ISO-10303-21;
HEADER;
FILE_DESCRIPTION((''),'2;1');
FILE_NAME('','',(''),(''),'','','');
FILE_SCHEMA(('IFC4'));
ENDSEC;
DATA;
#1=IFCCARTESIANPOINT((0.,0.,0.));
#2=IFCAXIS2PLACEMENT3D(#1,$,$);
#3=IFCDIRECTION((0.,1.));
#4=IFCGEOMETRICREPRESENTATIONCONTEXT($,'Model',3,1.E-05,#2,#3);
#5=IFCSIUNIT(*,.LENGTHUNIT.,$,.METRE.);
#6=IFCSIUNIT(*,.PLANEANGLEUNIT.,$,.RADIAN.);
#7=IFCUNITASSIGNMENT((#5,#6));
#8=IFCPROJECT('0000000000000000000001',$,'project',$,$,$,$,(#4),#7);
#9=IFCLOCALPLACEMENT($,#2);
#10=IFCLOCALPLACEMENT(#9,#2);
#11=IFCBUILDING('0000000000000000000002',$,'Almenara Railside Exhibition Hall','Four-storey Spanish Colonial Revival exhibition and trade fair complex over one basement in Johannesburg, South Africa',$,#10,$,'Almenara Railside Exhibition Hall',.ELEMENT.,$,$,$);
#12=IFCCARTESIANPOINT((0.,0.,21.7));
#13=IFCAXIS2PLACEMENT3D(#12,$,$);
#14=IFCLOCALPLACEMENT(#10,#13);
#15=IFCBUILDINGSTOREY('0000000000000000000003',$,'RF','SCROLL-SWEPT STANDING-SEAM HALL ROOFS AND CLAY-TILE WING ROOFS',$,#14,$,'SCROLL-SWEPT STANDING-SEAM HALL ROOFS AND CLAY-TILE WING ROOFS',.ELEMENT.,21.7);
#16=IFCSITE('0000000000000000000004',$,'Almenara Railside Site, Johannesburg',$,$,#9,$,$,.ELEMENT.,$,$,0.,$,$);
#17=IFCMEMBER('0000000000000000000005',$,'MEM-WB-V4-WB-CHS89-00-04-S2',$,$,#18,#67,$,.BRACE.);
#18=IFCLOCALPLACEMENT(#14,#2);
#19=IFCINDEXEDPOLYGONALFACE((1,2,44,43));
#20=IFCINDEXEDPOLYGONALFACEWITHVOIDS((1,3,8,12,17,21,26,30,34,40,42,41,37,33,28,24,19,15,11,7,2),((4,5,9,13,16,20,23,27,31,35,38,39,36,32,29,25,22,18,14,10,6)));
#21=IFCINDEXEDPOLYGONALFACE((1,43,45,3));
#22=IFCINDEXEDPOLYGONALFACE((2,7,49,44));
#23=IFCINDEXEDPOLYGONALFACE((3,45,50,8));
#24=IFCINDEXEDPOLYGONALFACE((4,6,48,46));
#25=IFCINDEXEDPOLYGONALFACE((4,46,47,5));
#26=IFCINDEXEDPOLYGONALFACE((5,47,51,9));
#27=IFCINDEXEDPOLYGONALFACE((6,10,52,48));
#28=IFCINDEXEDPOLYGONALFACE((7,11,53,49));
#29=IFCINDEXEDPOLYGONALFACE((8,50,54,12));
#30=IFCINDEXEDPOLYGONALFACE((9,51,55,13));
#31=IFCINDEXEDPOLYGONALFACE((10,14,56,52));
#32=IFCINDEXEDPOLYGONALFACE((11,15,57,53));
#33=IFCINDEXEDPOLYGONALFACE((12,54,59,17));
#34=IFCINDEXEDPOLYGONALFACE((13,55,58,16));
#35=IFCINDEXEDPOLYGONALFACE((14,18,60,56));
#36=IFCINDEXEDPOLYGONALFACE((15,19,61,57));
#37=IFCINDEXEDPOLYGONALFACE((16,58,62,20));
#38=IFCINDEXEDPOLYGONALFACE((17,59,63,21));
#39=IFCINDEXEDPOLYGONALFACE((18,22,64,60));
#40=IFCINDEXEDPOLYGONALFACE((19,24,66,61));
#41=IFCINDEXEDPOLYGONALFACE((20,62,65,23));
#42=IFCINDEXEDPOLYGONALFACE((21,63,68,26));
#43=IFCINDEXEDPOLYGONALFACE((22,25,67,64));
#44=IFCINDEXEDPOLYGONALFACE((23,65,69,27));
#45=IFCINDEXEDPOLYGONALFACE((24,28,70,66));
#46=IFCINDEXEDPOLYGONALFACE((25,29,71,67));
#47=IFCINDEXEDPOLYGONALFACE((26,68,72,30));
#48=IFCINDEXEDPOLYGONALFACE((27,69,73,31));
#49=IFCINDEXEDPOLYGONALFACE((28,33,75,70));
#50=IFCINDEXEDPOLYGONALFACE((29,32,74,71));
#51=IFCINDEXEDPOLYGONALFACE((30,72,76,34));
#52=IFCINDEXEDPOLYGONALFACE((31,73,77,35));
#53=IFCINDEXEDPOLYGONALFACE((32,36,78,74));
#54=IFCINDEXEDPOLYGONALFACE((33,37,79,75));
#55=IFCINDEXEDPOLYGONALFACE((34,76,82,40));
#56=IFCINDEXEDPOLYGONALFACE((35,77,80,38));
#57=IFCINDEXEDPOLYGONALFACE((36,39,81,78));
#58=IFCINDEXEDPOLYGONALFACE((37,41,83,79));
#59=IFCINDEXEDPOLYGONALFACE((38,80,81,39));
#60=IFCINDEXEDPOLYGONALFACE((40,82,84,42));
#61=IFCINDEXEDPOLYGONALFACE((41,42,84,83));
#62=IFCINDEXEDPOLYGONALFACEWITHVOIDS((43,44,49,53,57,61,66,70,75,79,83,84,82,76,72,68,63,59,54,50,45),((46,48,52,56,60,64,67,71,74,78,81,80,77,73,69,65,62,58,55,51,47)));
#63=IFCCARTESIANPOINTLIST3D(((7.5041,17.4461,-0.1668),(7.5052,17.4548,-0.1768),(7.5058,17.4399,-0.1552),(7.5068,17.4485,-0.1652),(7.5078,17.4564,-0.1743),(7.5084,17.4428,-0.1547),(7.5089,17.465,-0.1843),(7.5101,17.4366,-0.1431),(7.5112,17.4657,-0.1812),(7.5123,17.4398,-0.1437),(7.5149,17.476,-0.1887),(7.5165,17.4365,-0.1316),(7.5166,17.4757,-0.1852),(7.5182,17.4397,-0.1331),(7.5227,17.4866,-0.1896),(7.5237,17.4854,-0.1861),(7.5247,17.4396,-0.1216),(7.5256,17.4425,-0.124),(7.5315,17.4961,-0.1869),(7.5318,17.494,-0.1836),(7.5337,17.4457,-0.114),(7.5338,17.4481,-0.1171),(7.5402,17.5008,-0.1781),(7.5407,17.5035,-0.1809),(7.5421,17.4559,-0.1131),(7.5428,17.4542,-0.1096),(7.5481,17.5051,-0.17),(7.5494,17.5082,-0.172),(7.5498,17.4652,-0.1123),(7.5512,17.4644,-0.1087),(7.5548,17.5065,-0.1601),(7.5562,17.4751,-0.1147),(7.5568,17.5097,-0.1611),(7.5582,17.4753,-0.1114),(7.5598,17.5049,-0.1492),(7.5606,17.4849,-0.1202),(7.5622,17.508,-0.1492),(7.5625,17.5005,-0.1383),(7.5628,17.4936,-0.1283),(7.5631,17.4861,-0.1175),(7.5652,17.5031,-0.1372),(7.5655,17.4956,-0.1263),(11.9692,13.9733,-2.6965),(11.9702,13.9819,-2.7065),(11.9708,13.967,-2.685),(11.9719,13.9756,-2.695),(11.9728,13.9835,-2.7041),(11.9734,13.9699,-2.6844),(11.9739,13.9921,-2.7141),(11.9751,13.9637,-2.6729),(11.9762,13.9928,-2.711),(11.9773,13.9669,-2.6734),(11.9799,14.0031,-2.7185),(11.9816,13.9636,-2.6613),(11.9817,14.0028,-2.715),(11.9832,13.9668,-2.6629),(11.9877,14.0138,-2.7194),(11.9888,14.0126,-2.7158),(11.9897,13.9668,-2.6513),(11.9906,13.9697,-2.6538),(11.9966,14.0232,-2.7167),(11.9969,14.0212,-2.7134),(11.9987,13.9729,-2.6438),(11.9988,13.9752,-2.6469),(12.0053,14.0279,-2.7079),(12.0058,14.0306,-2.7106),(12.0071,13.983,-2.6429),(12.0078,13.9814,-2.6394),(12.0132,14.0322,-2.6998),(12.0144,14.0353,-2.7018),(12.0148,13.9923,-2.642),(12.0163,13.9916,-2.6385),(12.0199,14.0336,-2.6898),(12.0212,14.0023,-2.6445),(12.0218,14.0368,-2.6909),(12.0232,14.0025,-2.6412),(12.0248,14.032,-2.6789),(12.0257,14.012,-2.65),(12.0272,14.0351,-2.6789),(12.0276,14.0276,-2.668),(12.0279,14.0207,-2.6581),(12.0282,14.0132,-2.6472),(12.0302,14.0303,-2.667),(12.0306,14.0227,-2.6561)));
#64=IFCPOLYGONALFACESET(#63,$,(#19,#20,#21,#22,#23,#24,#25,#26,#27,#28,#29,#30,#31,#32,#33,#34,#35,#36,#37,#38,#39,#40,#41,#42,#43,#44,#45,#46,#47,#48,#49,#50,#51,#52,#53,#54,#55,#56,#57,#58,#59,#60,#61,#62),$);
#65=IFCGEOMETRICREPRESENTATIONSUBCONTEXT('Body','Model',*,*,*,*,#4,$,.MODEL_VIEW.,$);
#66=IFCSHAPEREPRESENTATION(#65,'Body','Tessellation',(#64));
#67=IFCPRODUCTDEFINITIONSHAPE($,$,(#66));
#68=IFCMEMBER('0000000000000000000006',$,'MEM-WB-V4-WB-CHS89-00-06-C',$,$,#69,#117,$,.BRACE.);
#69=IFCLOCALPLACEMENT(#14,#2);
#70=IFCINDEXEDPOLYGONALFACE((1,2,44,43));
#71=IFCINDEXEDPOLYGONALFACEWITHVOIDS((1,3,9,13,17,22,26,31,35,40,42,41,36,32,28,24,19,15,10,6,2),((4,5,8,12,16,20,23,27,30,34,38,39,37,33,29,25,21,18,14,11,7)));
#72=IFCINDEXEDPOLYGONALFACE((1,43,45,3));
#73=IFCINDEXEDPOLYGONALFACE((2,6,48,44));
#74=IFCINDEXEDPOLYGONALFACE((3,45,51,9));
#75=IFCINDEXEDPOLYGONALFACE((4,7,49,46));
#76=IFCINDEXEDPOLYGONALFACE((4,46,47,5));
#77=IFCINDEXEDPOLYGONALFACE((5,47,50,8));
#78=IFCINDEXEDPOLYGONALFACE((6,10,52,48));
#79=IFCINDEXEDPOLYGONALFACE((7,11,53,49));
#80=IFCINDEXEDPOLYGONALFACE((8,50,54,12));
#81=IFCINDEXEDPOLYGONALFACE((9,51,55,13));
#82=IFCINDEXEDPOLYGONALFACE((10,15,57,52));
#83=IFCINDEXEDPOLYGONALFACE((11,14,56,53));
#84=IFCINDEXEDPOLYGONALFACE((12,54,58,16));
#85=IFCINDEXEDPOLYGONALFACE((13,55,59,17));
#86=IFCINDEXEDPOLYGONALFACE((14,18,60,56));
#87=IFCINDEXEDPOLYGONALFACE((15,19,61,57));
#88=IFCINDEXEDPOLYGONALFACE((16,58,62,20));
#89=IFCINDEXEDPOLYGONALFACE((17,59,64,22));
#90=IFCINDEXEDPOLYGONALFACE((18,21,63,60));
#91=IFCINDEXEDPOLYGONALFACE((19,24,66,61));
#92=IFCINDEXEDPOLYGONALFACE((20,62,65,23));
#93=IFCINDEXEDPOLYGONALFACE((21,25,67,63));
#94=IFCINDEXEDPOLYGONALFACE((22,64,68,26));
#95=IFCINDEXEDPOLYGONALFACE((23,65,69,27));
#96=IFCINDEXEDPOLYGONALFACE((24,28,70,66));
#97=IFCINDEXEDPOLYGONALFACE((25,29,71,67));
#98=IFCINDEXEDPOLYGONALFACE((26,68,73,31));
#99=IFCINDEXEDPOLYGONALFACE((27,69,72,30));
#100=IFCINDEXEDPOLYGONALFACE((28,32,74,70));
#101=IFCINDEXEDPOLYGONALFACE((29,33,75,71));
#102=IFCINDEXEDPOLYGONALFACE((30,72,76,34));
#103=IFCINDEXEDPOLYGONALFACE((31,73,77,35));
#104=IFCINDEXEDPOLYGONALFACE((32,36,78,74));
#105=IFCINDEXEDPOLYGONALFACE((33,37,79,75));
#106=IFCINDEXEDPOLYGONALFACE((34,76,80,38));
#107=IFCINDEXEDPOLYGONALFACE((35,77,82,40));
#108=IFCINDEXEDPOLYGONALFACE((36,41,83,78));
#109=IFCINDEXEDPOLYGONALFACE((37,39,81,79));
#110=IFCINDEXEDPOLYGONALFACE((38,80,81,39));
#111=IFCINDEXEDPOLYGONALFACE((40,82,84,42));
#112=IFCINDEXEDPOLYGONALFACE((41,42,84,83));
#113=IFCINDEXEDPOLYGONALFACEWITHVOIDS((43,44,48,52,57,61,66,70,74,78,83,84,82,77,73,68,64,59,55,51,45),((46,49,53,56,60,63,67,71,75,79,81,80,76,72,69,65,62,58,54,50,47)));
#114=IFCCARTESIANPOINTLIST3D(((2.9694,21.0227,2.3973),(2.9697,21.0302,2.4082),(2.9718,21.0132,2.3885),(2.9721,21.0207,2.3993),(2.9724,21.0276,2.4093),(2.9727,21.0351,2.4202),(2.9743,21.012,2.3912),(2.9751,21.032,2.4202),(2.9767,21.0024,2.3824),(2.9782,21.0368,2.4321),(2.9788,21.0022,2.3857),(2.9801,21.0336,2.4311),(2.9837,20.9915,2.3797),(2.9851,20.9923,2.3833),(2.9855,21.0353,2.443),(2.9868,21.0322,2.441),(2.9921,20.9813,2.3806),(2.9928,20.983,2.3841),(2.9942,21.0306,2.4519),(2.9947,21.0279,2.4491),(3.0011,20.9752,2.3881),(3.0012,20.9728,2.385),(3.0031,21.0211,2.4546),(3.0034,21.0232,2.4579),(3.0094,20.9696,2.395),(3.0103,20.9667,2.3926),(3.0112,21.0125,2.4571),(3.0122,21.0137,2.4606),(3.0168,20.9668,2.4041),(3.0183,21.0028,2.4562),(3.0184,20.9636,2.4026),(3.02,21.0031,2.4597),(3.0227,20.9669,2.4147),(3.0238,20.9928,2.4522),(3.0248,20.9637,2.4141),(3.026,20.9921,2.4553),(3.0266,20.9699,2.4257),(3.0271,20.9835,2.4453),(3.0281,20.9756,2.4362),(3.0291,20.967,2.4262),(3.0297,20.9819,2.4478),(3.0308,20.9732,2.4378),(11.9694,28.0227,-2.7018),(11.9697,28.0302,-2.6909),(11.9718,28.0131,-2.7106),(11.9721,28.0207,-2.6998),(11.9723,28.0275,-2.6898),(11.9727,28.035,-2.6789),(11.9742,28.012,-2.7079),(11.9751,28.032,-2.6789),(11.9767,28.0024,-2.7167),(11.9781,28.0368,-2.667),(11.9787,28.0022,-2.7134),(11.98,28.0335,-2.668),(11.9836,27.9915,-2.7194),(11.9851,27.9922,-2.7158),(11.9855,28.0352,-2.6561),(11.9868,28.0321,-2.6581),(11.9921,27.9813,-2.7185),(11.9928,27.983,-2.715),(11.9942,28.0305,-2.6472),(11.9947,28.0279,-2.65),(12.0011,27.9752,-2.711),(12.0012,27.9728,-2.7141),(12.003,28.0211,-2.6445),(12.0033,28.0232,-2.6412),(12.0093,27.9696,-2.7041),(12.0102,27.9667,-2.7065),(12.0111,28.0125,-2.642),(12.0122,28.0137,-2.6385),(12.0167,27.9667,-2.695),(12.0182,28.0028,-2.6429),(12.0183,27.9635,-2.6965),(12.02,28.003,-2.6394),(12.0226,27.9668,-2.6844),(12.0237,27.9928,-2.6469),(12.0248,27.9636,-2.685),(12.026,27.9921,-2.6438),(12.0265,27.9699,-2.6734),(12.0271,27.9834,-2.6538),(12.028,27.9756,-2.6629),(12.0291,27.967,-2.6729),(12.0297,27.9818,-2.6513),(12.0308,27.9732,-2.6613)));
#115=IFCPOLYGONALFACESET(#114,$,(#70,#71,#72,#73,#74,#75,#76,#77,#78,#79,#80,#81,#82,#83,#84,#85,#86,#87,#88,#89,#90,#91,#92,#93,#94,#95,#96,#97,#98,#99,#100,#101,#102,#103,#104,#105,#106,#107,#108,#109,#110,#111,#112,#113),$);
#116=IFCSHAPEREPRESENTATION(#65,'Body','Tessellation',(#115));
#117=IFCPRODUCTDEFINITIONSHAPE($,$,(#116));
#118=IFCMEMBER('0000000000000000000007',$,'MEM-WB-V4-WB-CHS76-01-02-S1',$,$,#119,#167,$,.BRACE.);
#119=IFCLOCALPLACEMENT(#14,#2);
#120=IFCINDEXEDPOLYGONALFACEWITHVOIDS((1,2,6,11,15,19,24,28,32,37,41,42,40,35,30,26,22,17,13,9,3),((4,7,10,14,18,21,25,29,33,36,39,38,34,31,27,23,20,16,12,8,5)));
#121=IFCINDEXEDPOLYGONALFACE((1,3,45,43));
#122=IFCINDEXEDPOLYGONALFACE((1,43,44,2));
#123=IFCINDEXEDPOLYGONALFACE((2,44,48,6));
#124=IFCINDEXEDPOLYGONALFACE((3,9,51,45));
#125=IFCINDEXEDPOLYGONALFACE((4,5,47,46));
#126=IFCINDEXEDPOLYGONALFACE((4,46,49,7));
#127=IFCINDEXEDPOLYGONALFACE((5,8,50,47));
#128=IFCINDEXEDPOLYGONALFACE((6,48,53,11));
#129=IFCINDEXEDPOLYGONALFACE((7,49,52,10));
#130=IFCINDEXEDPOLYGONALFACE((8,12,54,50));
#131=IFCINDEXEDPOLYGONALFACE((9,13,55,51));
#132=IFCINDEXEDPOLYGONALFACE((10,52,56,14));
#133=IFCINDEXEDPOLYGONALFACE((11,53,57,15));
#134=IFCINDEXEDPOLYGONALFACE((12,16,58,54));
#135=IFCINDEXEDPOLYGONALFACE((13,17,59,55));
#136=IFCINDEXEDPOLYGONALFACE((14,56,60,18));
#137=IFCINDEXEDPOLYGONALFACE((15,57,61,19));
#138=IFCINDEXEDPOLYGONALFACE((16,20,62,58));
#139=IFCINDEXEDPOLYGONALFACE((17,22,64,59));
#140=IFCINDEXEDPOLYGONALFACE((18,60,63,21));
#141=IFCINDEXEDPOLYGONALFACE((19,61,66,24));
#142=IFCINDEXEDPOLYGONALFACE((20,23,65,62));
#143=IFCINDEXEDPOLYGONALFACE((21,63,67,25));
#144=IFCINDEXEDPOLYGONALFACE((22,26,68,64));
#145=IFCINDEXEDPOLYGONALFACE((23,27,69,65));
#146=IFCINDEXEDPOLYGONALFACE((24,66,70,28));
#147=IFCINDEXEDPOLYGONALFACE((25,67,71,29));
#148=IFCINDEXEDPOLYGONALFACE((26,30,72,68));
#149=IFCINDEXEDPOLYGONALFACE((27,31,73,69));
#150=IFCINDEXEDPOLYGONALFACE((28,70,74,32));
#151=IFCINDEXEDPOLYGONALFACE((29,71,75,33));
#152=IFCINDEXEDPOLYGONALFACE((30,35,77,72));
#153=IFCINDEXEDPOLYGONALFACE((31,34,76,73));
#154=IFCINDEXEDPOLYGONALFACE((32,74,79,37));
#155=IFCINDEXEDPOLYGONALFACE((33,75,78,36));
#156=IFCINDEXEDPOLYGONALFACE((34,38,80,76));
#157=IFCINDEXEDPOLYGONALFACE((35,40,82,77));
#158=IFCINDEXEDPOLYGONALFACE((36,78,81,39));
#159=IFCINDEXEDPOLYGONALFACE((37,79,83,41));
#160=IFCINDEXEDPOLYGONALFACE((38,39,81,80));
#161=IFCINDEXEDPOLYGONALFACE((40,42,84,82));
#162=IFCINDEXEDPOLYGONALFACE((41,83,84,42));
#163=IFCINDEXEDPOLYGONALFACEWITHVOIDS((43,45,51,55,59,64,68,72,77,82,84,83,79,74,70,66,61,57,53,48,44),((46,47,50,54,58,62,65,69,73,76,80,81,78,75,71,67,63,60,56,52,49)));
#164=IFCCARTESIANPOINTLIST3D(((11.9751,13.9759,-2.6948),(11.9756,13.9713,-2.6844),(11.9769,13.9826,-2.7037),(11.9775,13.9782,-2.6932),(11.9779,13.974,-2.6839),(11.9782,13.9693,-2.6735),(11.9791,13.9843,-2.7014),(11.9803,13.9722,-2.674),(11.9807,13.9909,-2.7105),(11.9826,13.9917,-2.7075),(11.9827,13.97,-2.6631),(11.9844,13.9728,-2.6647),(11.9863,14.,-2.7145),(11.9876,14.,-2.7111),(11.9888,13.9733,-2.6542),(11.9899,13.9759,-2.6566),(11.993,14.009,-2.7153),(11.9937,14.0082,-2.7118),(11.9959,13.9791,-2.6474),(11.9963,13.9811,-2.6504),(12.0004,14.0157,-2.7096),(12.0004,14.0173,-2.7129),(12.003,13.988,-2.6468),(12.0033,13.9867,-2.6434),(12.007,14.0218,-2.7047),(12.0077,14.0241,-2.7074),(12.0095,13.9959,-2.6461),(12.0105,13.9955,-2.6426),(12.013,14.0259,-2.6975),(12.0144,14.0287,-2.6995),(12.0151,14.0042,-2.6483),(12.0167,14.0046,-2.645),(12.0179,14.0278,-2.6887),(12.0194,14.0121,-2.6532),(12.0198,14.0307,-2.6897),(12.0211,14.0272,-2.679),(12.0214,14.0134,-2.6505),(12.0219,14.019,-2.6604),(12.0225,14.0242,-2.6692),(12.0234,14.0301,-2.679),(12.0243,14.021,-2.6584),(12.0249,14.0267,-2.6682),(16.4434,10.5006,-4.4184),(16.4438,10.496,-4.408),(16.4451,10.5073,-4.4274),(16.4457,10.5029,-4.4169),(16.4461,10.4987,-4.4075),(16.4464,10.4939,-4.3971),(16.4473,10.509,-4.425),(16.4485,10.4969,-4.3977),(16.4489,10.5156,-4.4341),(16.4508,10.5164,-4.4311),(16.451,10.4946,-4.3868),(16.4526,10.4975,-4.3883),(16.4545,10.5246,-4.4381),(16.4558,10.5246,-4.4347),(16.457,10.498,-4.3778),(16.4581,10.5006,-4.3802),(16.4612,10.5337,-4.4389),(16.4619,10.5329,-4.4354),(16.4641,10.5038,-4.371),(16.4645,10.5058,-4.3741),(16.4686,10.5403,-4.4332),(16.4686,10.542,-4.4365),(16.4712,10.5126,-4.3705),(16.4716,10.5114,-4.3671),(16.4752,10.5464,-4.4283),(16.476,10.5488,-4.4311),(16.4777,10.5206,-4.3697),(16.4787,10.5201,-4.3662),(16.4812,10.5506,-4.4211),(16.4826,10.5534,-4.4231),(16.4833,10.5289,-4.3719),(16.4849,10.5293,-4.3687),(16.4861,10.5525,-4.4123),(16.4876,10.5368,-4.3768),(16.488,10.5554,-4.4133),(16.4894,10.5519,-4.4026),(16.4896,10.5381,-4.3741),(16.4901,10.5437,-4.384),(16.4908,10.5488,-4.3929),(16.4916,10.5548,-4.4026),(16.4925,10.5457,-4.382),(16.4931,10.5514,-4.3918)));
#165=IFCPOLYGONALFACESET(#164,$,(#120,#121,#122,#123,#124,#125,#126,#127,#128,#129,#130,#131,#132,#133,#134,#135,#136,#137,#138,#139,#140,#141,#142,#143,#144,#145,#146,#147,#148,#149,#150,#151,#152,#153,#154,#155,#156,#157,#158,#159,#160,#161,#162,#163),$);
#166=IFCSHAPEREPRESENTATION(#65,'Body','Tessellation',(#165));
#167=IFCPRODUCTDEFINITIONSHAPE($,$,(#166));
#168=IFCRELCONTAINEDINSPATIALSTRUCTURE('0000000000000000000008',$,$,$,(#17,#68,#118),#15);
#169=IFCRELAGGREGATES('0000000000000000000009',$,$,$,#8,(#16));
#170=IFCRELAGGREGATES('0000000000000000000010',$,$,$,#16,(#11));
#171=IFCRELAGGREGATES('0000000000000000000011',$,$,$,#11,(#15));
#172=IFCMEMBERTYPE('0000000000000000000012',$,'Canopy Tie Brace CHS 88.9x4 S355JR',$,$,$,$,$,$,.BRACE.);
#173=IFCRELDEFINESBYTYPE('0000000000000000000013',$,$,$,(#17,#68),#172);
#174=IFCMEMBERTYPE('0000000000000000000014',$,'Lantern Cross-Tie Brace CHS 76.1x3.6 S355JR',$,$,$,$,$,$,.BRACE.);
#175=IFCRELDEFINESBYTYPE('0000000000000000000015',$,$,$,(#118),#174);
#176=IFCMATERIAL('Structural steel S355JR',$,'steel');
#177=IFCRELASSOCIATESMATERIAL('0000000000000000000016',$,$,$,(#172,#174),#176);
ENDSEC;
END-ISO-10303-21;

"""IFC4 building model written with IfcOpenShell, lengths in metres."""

from ifc_helpers import new_model, si_unit, direction, frame, origin, origin_2d, place, context, subcontext, project, spatial, hollow_circle, extrude, material, material_profile, profile_set, type_object, element, save


model = new_model("IFC4")

# Units and contexts
model_context = context("Model", 3, precision=1e-05, world=origin(), true_north=direction((0.0, 1.0)))
body_context = subcontext(model_context, "Body", "Model", "MODEL_VIEW")
ifc_project = project(units=[si_unit("LENGTHUNIT", "METRE"), si_unit("PLANEANGLEUNIT", "RADIAN")], contexts=[model_context])

# Site, building, storey
site_placement = place(None, origin())
site = spatial("IfcSite", under=ifc_project, at=site_placement, Name="Almenara Railside Site, Johannesburg", CompositionType="ELEMENT", RefElevation=0.0)
building_placement = place(site_placement, origin())
building = spatial("IfcBuilding", under=site, at=building_placement, Name="Almenara Railside Exhibition Hall", Description="Four-storey Spanish Colonial Revival exhibition and trade fair complex over one basement in Johannesburg, South Africa", LongName="Almenara Railside Exhibition Hall", CompositionType="ELEMENT")
storey_placement = place(building_placement, frame((0.0, 0.0, 21.7)))
storey = spatial("IfcBuildingStorey", under=building, at=storey_placement, Name="RF", Description="SCROLL-SWEPT STANDING-SEAM HALL ROOFS AND CLAY-TILE WING ROOFS", LongName="SCROLL-SWEPT STANDING-SEAM HALL ROOFS AND CLAY-TILE WING ROOFS", CompositionType="ELEMENT", Elevation=21.7)

# Members
ifc_material_1 = material(Name="Structural steel S355JR", Category="steel")
ifc_material_profile_1 = material_profile(ifc_material_1, hollow_circle(Radius=0.0444, WallThickness=0.0039, at=origin_2d()), Name="CHS 88.9x4")
ifc_profile_set_1 = profile_set([ifc_material_profile_1], Name="Structural steel S355JR")
member_type_1 = type_object("IfcMemberType", Name="Canopy Tie Brace CHS 88.9x4 S355JR", PredefinedType="BRACE", material=ifc_profile_set_1)
for number, where, z_axis, x_axis, name in (
    (1, (7.5349, 17.4729, -0.1492), (0.720571, -0.560453, -0.408254), (0.613947, 0.789348, 0.0), "MEM-WB-V4-WB-CHS89-00-04-S2"),
):
    element("IfcMember", number, at=place(storey_placement, frame(where, z_axis=z_axis, x_axis=x_axis)), inside=storey, type_object=member_type_1, Name=name, PredefinedType="BRACE", context=body_context, shape_type="SweptSolid", body=[
        extrude(hollow_circle(Radius=0.0444, WallThickness=0.0039, at=origin_2d()), origin(), (0.0, 0.0, 1.0), 6.1965),
    ])
member_1_placement = place(storey_placement, frame((3.0, 21.0, 2.4202), z_axis=(0.720574, 0.560447, -0.408255), x_axis=(-0.613941, 0.789352, 0.0)))
element("IfcMember", 2, at=member_1_placement, inside=storey, type_object=member_type_1, Name="MEM-WB-V4-WB-CHS89-00-06-C", PredefinedType="BRACE", context=body_context, shape_type="SweptSolid", body=[
    extrude(hollow_circle(Radius=0.0444, WallThickness=0.0039, at=origin_2d()), origin(), (0.0, 0.0, 1.0), 12.49),
])
ifc_material_profile_2 = material_profile(ifc_material_1, hollow_circle(Radius=0.0381, WallThickness=0.0037, at=origin_2d()), Name="CHS 76.1x3.6")
ifc_profile_set_2 = profile_set([ifc_material_profile_2], Name="Structural steel S355JR")
member_type_2 = type_object("IfcMemberType", Name="Lantern Cross-Tie Brace CHS 76.1x3.6 S355JR", PredefinedType="BRACE", material=ifc_profile_set_2)
member_2_placement = place(storey_placement, frame((12.0, 14.0, -2.679), z_axis=(0.75512, -0.58732, -0.291288), x_axis=(0.613944, 0.78935, 0.0)))
element("IfcMember", 3, at=member_2_placement, inside=storey, type_object=member_type_2, Name="MEM-WB-V4-WB-CHS76-01-02-S1", PredefinedType="BRACE", context=body_context, shape_type="SweptSolid", body=[
    extrude(hollow_circle(Radius=0.0381, WallThickness=0.0037, at=origin_2d()), origin(), (0.0, 0.0, 1.0), 5.9172),
])

save(model, "model.ifc")
